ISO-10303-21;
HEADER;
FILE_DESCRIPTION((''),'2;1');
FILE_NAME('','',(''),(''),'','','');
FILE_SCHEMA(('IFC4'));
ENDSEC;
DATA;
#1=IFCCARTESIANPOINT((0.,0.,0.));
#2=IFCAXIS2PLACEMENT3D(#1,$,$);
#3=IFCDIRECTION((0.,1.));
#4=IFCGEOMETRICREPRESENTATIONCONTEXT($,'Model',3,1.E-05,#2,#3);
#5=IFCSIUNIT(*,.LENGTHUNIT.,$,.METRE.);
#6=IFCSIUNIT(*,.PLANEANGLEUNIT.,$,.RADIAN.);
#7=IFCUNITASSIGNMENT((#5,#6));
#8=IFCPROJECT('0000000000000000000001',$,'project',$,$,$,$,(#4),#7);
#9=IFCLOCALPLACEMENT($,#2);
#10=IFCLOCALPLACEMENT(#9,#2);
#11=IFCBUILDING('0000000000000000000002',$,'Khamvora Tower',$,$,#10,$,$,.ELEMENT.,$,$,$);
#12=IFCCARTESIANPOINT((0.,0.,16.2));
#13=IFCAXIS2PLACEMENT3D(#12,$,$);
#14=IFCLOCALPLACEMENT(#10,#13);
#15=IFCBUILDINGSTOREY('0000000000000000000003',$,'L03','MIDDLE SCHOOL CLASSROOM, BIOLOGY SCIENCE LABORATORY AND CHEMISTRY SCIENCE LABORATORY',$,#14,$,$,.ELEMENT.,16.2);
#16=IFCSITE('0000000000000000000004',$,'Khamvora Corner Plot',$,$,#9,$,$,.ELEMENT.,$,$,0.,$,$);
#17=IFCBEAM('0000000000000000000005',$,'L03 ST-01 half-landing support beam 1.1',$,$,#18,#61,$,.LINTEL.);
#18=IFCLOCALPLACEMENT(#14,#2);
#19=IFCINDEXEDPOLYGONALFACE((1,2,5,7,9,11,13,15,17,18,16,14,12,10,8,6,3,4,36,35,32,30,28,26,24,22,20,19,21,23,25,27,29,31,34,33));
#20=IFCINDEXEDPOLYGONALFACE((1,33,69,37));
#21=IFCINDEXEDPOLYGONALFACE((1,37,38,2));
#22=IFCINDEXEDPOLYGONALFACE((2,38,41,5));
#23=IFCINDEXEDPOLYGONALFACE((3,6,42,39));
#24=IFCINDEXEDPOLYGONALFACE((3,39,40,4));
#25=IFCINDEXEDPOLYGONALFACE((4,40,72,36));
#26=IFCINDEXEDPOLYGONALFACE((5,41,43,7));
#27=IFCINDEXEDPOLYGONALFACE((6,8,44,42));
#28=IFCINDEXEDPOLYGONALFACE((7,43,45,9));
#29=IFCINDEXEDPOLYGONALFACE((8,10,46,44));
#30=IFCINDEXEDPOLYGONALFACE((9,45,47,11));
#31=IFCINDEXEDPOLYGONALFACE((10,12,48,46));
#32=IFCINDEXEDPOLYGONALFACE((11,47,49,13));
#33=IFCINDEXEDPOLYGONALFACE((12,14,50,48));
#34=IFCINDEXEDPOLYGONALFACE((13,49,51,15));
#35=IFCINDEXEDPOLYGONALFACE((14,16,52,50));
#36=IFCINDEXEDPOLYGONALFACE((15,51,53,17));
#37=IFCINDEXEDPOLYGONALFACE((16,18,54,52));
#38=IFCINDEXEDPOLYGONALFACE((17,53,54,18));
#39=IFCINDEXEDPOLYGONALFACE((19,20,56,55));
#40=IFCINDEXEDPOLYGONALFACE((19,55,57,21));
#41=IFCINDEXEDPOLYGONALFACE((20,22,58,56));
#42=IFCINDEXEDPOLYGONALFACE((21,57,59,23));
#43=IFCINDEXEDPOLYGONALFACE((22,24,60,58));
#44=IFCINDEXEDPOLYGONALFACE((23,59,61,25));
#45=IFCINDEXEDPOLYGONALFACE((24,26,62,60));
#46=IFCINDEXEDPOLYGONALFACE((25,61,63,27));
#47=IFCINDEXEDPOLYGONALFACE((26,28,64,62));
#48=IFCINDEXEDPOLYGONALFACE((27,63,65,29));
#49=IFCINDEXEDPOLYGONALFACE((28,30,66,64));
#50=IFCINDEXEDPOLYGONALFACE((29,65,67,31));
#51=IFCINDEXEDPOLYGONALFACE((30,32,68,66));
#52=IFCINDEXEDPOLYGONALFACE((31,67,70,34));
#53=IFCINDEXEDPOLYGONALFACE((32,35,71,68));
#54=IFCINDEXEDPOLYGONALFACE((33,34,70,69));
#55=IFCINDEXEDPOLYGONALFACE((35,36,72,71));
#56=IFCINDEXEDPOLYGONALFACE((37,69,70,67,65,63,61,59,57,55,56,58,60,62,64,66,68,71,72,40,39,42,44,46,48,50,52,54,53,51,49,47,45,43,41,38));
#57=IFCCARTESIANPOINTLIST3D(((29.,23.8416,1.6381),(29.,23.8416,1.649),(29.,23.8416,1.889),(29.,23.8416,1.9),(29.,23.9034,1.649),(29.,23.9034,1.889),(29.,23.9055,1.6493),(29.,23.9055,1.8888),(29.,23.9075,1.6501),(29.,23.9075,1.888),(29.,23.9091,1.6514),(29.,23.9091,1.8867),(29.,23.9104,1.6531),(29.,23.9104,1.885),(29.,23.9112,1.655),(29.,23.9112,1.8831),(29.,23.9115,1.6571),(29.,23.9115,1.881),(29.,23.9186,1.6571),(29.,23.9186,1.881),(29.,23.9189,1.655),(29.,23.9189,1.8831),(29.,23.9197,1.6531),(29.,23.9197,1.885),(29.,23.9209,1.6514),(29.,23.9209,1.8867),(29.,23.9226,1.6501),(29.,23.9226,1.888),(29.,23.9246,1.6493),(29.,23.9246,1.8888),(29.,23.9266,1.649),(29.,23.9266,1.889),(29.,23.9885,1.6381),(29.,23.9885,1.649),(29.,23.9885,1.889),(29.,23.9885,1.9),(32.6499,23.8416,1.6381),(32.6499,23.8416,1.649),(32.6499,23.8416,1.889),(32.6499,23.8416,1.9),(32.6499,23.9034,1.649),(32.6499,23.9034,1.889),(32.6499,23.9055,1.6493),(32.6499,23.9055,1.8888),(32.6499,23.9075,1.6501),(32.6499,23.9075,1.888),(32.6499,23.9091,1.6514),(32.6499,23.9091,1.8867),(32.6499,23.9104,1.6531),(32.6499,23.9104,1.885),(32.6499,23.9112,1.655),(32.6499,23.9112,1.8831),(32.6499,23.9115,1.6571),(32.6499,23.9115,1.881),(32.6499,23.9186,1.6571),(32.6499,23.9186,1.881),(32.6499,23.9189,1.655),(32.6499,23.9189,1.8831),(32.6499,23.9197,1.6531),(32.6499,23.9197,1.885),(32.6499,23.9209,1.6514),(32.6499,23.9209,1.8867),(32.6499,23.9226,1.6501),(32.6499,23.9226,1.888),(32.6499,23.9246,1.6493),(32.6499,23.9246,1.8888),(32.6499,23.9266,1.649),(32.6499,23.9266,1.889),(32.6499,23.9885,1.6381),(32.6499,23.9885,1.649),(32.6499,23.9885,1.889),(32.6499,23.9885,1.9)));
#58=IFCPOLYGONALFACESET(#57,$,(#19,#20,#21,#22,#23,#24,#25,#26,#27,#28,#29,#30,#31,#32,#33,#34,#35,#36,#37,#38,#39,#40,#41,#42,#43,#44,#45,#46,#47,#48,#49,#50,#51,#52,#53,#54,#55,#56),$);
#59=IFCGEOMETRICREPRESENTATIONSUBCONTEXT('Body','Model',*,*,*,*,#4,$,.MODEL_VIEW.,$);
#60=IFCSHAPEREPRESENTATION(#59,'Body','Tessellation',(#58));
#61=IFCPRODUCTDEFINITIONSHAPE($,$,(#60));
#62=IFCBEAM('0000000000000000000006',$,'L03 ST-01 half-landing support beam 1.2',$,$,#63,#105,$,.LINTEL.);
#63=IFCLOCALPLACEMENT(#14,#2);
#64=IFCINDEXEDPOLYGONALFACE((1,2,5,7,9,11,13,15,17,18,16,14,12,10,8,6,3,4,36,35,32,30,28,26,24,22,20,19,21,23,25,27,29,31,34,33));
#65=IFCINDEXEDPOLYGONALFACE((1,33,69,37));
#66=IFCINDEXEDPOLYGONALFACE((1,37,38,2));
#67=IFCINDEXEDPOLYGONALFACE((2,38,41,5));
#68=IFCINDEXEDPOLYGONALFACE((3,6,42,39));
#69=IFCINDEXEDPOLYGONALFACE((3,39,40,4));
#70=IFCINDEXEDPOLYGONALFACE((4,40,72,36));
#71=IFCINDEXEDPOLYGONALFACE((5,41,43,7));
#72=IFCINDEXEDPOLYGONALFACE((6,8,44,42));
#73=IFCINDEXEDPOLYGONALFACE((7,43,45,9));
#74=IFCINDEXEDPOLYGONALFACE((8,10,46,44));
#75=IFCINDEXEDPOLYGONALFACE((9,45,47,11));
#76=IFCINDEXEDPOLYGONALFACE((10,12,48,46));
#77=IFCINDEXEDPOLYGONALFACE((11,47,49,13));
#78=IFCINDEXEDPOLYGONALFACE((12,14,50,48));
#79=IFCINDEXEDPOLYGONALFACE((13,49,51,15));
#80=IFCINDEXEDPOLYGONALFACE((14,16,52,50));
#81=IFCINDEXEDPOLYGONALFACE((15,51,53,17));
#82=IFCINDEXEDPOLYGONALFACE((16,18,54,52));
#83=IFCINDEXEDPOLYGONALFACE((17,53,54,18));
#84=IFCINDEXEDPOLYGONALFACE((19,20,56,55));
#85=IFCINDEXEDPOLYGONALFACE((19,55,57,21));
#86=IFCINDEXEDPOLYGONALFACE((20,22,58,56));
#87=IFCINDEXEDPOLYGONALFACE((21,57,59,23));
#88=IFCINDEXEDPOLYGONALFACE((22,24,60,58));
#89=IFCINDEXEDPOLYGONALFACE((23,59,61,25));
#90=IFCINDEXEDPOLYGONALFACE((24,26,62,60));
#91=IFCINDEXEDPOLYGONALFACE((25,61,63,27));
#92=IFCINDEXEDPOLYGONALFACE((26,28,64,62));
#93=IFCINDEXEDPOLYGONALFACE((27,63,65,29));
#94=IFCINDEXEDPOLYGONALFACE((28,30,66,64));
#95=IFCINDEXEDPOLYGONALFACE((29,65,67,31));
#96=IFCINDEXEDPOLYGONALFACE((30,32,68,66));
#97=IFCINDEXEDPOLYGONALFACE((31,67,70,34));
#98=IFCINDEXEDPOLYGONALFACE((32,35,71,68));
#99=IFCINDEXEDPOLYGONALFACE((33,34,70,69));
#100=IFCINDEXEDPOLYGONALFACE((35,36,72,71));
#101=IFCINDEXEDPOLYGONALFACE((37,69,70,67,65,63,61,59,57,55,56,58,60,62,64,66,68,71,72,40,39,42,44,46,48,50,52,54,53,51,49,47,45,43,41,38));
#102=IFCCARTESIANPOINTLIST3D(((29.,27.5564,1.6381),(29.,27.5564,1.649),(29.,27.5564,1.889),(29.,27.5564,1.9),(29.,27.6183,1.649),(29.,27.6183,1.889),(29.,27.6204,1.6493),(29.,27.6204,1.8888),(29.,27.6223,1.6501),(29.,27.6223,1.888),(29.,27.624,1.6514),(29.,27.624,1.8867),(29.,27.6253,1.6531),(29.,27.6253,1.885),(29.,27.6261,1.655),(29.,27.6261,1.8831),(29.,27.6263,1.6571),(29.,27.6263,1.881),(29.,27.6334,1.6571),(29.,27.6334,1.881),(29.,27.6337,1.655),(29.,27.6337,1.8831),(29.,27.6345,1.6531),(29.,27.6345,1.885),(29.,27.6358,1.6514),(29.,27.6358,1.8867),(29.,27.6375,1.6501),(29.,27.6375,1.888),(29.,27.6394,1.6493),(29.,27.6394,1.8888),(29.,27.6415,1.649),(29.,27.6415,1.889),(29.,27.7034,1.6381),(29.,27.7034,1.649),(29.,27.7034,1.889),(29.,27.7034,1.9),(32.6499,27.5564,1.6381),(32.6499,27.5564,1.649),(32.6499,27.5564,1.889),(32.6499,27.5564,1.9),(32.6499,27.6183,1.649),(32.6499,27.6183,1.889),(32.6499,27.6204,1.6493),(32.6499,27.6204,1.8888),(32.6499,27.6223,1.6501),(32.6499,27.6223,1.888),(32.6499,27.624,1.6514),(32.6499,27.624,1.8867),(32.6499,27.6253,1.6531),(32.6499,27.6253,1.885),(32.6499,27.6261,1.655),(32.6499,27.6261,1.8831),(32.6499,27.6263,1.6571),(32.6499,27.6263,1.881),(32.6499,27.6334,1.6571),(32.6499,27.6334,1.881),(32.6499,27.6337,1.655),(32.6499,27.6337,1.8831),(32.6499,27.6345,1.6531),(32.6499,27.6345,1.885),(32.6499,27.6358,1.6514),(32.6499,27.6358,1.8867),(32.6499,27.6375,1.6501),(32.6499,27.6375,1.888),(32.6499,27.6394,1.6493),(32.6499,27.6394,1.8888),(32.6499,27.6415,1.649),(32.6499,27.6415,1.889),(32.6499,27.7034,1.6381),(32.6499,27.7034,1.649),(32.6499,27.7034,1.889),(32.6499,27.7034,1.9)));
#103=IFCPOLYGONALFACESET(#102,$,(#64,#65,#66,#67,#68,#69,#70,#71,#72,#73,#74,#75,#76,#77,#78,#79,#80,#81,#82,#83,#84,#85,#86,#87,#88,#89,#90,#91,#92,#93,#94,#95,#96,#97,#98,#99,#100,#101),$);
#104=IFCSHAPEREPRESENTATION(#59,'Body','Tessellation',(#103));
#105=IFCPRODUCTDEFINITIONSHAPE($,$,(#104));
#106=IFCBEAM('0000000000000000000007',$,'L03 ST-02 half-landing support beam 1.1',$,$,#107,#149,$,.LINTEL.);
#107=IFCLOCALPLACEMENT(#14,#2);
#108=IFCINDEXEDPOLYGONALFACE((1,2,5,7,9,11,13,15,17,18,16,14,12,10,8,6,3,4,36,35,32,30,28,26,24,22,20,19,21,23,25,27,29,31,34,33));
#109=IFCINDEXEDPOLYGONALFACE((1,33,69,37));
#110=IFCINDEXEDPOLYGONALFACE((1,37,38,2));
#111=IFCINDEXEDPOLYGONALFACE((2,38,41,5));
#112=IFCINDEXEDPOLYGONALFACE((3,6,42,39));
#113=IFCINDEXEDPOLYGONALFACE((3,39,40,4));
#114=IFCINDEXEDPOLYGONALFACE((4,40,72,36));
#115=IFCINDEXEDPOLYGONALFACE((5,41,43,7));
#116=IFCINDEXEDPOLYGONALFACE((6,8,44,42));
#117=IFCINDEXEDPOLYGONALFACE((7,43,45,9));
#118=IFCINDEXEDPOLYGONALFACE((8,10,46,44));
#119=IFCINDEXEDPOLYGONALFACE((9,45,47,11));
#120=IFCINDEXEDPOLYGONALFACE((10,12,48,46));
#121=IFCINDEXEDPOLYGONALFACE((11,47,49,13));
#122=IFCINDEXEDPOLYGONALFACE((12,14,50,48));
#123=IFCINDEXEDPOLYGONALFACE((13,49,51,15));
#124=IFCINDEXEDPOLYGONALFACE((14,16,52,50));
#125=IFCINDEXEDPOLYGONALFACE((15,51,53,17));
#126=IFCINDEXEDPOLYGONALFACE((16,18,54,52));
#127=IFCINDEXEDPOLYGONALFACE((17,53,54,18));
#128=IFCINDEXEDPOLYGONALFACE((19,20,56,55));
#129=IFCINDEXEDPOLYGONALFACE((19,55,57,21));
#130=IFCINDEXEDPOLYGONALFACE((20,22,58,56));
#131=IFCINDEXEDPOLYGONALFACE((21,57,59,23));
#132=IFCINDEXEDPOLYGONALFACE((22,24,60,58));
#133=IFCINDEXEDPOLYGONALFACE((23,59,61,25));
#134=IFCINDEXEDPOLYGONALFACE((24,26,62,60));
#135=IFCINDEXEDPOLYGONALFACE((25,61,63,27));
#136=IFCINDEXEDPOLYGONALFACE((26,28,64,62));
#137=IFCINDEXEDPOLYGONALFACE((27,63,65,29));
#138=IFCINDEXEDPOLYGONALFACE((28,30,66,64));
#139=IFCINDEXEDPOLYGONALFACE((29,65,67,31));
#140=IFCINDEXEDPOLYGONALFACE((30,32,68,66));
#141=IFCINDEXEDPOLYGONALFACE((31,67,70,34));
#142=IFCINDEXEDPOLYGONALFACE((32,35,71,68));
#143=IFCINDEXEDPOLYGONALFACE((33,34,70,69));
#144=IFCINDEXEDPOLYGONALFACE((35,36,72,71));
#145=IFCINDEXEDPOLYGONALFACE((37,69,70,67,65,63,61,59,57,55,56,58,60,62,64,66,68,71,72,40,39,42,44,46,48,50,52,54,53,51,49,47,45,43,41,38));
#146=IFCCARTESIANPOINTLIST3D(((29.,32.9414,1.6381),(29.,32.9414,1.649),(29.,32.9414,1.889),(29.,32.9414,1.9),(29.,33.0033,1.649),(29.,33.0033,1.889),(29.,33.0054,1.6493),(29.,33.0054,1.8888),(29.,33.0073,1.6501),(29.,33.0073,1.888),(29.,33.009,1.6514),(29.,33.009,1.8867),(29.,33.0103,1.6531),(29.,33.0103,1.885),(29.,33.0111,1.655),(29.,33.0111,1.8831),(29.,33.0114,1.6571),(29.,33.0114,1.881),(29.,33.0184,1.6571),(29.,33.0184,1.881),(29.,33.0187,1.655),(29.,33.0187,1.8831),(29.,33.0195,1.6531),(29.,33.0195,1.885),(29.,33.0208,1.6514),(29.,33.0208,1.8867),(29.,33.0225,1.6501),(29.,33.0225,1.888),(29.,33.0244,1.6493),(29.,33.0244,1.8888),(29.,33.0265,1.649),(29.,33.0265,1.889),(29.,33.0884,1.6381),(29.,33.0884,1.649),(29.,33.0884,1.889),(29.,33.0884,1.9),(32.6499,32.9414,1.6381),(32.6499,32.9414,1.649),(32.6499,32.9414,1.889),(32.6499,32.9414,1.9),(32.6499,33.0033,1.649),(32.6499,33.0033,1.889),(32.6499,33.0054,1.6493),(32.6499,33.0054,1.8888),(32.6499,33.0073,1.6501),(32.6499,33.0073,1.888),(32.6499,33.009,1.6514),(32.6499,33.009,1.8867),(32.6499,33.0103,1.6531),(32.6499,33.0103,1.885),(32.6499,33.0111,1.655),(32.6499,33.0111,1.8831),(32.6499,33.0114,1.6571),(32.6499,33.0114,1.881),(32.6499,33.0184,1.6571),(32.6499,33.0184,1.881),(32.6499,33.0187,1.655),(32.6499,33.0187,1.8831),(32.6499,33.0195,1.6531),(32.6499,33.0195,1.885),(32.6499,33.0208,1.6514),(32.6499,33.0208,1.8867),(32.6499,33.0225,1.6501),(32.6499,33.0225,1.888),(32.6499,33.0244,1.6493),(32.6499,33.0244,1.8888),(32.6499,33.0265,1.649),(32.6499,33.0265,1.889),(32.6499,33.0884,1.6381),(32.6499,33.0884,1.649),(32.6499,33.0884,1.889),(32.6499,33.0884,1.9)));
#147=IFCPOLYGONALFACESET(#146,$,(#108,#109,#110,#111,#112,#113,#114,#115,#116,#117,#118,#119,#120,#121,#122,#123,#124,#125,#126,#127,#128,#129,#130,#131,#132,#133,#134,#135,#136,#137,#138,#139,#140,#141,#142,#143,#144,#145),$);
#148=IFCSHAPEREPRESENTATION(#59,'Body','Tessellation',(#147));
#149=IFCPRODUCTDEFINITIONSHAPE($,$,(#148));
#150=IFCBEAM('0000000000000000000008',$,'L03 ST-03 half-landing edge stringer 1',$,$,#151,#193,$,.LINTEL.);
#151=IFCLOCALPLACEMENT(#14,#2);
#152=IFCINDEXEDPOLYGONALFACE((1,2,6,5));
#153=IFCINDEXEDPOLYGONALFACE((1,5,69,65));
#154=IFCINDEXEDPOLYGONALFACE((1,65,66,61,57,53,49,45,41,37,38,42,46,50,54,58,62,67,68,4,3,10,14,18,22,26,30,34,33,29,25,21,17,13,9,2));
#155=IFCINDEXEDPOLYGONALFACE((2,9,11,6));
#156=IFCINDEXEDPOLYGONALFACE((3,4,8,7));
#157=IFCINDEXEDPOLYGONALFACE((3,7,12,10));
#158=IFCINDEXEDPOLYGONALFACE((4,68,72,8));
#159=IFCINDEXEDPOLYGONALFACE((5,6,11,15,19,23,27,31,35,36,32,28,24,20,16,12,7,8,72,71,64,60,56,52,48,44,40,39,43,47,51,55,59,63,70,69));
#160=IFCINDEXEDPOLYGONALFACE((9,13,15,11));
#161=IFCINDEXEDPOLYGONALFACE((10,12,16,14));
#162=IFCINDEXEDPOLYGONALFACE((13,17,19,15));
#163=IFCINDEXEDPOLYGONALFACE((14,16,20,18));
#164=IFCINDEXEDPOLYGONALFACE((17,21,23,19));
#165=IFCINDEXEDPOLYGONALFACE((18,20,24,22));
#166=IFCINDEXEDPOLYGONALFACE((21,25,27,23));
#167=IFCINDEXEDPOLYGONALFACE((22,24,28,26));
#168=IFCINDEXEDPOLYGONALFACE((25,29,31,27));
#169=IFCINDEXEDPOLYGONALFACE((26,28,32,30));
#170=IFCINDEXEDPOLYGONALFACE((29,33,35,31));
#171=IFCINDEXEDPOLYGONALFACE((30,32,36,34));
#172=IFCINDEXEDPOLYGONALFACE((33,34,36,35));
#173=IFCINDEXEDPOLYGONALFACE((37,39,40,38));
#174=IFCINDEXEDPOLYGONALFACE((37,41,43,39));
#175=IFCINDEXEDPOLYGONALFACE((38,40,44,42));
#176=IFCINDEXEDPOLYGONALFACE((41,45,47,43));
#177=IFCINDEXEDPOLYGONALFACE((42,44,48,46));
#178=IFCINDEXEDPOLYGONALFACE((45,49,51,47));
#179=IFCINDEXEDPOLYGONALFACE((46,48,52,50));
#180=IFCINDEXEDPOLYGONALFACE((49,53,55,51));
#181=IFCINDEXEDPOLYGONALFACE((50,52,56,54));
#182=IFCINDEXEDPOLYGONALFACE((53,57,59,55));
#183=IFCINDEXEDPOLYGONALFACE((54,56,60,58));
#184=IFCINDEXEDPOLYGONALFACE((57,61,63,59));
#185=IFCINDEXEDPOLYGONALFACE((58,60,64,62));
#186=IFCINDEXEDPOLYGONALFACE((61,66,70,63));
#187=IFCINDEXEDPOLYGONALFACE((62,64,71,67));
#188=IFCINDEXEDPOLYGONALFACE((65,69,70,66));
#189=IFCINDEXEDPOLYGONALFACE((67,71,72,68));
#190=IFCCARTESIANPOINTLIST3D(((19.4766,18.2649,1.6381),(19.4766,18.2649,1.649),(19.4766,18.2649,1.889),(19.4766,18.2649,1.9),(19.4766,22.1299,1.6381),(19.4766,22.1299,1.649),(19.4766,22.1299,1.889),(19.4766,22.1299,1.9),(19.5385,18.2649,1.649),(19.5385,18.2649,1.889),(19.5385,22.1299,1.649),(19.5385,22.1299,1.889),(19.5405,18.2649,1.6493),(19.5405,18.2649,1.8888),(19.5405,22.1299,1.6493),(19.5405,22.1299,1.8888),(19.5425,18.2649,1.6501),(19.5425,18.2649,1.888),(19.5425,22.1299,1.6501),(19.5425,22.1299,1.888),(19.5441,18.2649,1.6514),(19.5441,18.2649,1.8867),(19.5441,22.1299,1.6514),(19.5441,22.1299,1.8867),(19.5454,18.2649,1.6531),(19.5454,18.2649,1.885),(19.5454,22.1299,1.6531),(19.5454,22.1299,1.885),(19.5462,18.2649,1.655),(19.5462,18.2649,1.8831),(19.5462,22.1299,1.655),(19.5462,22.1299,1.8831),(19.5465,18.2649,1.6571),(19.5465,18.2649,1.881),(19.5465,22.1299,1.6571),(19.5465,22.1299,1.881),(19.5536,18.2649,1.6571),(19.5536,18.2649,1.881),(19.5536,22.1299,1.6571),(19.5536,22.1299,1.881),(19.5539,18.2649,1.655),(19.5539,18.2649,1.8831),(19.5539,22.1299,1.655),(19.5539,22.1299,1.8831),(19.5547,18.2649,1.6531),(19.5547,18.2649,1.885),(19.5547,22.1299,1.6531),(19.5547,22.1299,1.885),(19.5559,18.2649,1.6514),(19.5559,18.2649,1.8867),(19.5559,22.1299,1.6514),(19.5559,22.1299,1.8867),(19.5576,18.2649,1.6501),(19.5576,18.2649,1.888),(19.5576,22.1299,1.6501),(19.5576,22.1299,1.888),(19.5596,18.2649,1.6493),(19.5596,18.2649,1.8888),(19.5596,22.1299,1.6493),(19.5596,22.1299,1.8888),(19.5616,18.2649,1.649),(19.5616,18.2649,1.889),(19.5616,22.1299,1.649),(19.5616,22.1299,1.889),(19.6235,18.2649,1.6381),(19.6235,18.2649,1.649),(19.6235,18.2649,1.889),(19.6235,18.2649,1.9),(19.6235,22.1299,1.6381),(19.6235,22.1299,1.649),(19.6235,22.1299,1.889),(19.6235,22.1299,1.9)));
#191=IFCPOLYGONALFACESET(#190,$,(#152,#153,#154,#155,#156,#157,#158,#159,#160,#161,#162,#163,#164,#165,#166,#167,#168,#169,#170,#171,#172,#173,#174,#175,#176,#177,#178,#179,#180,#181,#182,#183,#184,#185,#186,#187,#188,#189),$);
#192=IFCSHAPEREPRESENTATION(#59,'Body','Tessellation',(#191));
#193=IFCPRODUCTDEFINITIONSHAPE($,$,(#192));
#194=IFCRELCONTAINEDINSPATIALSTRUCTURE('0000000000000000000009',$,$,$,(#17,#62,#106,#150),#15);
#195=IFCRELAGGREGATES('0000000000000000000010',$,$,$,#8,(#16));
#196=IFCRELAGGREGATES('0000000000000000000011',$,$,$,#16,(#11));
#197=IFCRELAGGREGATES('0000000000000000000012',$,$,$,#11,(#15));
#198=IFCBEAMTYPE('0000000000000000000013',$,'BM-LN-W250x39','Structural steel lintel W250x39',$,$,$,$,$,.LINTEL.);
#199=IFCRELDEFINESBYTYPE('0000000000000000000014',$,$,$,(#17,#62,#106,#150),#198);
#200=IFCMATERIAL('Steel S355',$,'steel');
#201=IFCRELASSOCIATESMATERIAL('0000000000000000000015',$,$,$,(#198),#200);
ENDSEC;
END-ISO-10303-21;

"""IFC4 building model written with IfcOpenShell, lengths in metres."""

from ifc_helpers import new_model, si_unit, direction, frame, origin, origin_2d, place, context, subcontext, project, spatial, i_section, extrude, material, material_profile, profile_set, type_object, element, save


model = new_model("IFC4")

# Units and contexts
model_context = context("Model", 3, precision=1e-05, world=origin(), true_north=direction((0.0, 1.0)))
body_context = subcontext(model_context, "Body", "Model", "MODEL_VIEW")
ifc_project = project(units=[si_unit("LENGTHUNIT", "METRE"), si_unit("PLANEANGLEUNIT", "RADIAN")], contexts=[model_context])

# Site, building, storey
site_placement = place(None, origin())
site = spatial("IfcSite", under=ifc_project, at=site_placement, Name="Khamvora Corner Plot", CompositionType="ELEMENT", RefElevation=0.0)
building_placement = place(site_placement, origin())
building = spatial("IfcBuilding", under=site, at=building_placement, Name="Khamvora Tower", CompositionType="ELEMENT")
storey_placement = place(building_placement, frame((0.0, 0.0, 16.2)))
storey = spatial("IfcBuildingStorey", under=building, at=storey_placement, Name="L03", Description="MIDDLE SCHOOL CLASSROOM, BIOLOGY SCIENCE LABORATORY AND CHEMISTRY SCIENCE LABORATORY", CompositionType="ELEMENT", Elevation=16.2)

# Beams
ifc_material_1 = material(Name="Steel S355", Category="steel")
ifc_material_profile_1 = material_profile(ifc_material_1, i_section(OverallWidth=0.147, OverallDepth=0.262, WebThickness=0.0071, FlangeThickness=0.011, FilletRadius=0.0081, at=origin_2d()), Name="W250x39")
ifc_profile_set_1 = profile_set([ifc_material_profile_1], Name="Steel S355")
beam_type_1 = type_object("IfcBeamType", Name="BM-LN-W250x39", Description="Structural steel lintel W250x39", PredefinedType="LINTEL", material=ifc_profile_set_1)
for number, where, z_axis, x_axis, name in (
    (1, (29.0, 23.915, 1.769), (1.0, 0.0, 0.0), (0.0, 1.0, 0.0), "L03 ST-01 half-landing support beam 1.1"),
    (2, (29.0, 27.6299, 1.769), (1.0, 0.0, 0.0), (0.0, 1.0, 0.0), "L03 ST-01 half-landing support beam 1.2"),
    (3, (29.0, 33.0149, 1.769), (1.0, 0.0, 0.0), (0.0, 1.0, 0.0), "L03 ST-02 half-landing support beam 1.1"),
):
    element("IfcBeam", number, at=place(storey_placement, frame(where, z_axis=z_axis, x_axis=x_axis)), inside=storey, type_object=beam_type_1, Name=name, PredefinedType="LINTEL", context=body_context, shape_type="SweptSolid", body=[
        extrude(i_section(OverallWidth=0.147, OverallDepth=0.262, WebThickness=0.0071, FlangeThickness=0.011, FilletRadius=0.0081, at=origin_2d()), origin(), (0.0, 0.0, 1.0), 3.6499),
    ])
beam_placement = place(storey_placement, frame((19.55, 18.2649, 1.769), z_axis=(0.0, 1.0, 0.0), x_axis=(-1.0, 0.0, 0.0)))
element("IfcBeam", 4, at=beam_placement, inside=storey, type_object=beam_type_1, Name="L03 ST-03 half-landing edge stringer 1", PredefinedType="LINTEL", context=body_context, shape_type="SweptSolid", body=[
    extrude(i_section(OverallWidth=0.147, OverallDepth=0.262, WebThickness=0.0071, FlangeThickness=0.011, FilletRadius=0.0081, at=origin_2d()), origin(), (0.0, 0.0, 1.0), 3.865),
])

save(model, "model.ifc")
